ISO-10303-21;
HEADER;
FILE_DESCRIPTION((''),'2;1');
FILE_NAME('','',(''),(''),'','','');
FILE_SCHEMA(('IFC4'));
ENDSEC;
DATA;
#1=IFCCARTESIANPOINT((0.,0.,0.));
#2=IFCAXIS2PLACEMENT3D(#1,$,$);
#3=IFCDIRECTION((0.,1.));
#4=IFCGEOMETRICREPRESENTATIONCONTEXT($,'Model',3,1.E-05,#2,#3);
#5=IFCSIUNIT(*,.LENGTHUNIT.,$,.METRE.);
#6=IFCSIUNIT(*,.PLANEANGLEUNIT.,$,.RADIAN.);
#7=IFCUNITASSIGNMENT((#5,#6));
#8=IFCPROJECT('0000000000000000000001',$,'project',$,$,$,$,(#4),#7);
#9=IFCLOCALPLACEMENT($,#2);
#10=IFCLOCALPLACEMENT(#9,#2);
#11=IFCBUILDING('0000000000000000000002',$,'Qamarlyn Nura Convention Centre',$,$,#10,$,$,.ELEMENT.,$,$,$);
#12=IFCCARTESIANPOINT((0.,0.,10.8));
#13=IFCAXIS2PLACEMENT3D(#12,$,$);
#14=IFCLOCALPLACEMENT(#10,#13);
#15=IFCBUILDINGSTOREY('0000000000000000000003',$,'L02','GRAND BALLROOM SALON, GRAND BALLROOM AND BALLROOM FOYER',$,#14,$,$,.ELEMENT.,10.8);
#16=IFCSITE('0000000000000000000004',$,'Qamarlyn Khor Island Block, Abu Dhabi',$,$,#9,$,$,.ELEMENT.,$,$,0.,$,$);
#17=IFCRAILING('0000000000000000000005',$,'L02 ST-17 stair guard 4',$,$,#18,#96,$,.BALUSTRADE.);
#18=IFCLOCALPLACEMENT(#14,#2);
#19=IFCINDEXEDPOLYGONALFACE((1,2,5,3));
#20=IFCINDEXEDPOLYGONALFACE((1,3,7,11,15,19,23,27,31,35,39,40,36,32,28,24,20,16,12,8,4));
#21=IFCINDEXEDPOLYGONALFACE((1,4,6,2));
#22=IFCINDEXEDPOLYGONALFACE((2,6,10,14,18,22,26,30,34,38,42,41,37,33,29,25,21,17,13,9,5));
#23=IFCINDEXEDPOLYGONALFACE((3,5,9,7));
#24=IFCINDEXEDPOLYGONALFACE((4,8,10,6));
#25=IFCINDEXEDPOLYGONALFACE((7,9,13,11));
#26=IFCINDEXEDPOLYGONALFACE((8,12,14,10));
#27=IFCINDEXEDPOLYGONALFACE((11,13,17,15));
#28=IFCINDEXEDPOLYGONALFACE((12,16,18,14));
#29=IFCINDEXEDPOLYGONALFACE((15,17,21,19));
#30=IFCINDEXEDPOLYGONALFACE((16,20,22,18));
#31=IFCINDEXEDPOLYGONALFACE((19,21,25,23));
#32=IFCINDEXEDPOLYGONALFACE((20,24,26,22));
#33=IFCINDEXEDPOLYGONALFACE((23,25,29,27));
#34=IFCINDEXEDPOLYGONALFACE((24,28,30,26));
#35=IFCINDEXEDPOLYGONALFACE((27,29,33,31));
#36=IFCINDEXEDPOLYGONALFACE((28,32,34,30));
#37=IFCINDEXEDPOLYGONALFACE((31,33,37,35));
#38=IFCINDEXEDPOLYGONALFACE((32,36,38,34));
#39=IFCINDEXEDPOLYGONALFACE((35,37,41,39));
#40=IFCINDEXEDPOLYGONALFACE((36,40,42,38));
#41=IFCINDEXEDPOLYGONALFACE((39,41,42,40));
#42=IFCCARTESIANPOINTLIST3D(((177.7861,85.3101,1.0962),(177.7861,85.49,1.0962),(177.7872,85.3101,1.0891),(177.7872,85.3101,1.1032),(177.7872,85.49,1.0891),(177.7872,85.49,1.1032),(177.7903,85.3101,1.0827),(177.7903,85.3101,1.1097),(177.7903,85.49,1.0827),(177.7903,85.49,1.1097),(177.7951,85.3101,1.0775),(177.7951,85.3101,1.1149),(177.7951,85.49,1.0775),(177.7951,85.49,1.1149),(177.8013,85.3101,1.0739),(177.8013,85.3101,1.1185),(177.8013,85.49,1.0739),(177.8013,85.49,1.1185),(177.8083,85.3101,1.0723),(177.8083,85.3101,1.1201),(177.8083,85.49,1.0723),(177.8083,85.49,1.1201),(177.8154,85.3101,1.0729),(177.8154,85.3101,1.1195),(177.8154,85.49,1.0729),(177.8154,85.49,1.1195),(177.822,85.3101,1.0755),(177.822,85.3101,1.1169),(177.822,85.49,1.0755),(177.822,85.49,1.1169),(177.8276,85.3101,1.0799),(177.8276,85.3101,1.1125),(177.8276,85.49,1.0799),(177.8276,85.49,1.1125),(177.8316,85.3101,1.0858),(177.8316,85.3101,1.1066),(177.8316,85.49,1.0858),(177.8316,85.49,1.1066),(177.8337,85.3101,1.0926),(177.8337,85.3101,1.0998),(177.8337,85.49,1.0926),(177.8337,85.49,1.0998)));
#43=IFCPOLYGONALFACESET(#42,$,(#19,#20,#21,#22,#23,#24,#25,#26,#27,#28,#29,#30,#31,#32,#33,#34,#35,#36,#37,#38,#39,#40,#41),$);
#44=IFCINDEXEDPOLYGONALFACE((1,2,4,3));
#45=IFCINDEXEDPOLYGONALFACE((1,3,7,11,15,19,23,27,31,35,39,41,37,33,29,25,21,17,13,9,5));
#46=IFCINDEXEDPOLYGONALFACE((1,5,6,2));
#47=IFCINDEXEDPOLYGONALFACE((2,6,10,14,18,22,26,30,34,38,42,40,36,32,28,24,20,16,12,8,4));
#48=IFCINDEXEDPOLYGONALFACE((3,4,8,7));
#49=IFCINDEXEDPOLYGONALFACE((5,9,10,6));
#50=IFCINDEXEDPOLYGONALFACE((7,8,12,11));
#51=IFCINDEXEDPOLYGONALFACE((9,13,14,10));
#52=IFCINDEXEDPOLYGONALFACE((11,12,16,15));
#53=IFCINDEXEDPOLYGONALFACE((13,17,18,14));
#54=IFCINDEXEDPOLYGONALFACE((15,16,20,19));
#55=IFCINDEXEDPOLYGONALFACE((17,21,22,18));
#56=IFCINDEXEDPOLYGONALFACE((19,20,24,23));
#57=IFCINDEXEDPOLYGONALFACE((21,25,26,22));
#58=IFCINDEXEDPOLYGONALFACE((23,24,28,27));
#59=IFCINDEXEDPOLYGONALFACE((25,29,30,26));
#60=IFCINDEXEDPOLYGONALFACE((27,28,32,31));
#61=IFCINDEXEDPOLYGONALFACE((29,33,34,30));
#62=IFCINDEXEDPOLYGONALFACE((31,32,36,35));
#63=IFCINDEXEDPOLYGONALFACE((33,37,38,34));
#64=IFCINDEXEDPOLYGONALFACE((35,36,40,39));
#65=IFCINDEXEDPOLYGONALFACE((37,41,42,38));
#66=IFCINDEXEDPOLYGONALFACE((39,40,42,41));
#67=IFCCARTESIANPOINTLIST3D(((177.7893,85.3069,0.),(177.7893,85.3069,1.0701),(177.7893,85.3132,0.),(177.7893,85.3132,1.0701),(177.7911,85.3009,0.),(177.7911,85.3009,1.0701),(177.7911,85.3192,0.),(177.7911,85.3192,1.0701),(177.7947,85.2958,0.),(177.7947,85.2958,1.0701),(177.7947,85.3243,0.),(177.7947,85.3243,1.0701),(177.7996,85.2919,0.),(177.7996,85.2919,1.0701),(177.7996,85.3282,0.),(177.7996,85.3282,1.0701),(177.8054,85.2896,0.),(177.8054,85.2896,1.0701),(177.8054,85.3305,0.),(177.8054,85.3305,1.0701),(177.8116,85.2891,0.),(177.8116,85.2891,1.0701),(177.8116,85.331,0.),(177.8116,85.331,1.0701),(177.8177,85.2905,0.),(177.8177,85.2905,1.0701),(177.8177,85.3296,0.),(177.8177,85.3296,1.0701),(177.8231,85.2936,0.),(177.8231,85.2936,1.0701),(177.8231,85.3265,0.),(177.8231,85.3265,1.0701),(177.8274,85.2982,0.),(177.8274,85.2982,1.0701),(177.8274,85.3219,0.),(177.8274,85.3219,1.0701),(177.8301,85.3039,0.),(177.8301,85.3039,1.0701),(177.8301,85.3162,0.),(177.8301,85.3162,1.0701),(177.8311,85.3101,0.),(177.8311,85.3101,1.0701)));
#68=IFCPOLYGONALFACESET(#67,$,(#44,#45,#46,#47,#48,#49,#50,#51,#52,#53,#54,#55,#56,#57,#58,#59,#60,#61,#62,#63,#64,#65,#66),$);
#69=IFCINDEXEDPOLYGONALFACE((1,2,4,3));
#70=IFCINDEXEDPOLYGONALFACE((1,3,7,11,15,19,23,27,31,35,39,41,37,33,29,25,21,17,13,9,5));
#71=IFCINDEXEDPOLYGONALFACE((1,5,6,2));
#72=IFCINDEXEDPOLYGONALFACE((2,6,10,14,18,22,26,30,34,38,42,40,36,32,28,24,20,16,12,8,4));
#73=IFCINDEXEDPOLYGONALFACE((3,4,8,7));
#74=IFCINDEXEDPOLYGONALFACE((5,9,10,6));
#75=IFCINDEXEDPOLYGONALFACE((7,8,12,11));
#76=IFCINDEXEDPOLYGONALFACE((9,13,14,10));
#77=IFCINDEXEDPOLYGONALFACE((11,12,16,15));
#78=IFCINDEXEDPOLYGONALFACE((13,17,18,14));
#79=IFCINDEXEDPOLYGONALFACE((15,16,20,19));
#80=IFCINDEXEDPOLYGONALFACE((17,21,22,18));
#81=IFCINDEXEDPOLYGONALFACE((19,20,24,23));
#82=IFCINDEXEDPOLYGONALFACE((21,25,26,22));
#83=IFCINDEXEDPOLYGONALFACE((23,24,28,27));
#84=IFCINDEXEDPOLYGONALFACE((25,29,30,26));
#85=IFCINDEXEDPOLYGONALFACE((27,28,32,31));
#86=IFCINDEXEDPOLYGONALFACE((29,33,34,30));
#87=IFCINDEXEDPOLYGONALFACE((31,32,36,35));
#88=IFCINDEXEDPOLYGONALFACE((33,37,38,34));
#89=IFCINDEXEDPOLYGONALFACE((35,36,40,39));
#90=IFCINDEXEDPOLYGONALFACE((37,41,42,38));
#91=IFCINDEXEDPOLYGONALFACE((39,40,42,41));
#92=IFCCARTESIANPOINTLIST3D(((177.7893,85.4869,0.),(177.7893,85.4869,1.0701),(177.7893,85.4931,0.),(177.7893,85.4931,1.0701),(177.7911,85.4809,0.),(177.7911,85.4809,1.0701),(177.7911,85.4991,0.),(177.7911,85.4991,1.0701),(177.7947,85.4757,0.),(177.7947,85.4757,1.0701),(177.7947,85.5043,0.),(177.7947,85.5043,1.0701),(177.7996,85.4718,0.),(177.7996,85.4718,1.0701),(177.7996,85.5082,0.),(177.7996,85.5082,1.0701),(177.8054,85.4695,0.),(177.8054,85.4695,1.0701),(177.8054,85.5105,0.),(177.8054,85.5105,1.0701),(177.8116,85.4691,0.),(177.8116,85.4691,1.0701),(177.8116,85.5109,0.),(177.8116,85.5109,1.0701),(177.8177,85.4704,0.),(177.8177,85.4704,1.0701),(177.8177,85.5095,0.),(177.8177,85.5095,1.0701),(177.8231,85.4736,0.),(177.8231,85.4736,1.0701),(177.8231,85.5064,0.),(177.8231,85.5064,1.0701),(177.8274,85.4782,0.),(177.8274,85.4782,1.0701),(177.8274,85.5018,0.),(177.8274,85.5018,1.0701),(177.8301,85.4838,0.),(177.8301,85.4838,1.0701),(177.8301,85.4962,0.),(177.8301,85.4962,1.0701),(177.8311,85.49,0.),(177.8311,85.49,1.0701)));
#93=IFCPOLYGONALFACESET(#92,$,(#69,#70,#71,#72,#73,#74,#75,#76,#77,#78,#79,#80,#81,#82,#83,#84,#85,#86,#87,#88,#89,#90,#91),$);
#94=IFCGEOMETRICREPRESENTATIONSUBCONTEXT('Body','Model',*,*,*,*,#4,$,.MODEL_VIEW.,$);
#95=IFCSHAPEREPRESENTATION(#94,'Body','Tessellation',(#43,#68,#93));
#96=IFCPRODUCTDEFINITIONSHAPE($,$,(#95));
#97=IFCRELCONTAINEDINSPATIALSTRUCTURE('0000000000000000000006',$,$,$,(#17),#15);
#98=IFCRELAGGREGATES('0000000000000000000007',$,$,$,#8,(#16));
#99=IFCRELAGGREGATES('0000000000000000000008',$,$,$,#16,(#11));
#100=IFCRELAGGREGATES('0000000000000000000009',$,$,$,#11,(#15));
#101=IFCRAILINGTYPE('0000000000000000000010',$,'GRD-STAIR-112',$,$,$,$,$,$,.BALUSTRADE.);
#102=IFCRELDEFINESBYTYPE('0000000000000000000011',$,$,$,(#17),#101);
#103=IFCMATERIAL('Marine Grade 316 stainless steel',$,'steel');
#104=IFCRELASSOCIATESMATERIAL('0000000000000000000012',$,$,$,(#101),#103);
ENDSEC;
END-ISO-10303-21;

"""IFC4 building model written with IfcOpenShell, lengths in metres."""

from ifc_helpers import new_model, si_unit, direction, frame, origin, origin_2d, place, context, subcontext, project, spatial, circle, extrude, material, type_object, element, save


model = new_model("IFC4")

# Units and contexts
model_context = context("Model", 3, precision=1e-05, world=origin(), true_north=direction((0.0, 1.0)))
body_context = subcontext(model_context, "Body", "Model", "MODEL_VIEW")
ifc_project = project(units=[si_unit("LENGTHUNIT", "METRE"), si_unit("PLANEANGLEUNIT", "RADIAN")], contexts=[model_context])

# Site, building, storey
site_placement = place(None, origin())
site = spatial("IfcSite", under=ifc_project, at=site_placement, Name="Qamarlyn Khor Island Block, Abu Dhabi", CompositionType="ELEMENT", RefElevation=0.0)
building_placement = place(site_placement, origin())
building = spatial("IfcBuilding", under=site, at=building_placement, Name="Qamarlyn Nura Convention Centre", CompositionType="ELEMENT")
storey_placement = place(building_placement, frame((0.0, 0.0, 10.8)))
storey = spatial("IfcBuildingStorey", under=building, at=storey_placement, Name="L02", Description="GRAND BALLROOM SALON, GRAND BALLROOM AND BALLROOM FOYER", CompositionType="ELEMENT", Elevation=10.8)

# Railing
ifc_material_1 = material(Name="Marine Grade 316 stainless steel", Category="steel")
railing_type_1 = type_object("IfcRailingType", Name="GRD-STAIR-112", PredefinedType="BALUSTRADE", material=ifc_material_1)
railing_1_placement = place(storey_placement, frame((177.8101, 85.3101, 0.0)))
element("IfcRailing", 1, at=railing_1_placement, inside=storey, type_object=railing_type_1, Name="L02 ST-17 stair guard 4", PredefinedType="BALUSTRADE", context=body_context, shape_type="SweptSolid", body=[
    extrude(circle(Radius=0.0239, at=origin_2d()), frame((0.0, 0.0, 1.0962), z_axis=(0.0, 1.0, 0.0), x_axis=(-1.0, 0.0, 0.0)), (0.0, 0.0, 1.0), 0.1799),
    extrude(circle(Radius=0.021, at=origin_2d()), origin(), (0.0, 0.0, 1.0), 1.0701),
    extrude(circle(Radius=0.021, at=origin_2d()), frame((0.0, 0.1799, 0.0)), (0.0, 0.0, 1.0), 1.0701),
])

save(model, "model.ifc")
